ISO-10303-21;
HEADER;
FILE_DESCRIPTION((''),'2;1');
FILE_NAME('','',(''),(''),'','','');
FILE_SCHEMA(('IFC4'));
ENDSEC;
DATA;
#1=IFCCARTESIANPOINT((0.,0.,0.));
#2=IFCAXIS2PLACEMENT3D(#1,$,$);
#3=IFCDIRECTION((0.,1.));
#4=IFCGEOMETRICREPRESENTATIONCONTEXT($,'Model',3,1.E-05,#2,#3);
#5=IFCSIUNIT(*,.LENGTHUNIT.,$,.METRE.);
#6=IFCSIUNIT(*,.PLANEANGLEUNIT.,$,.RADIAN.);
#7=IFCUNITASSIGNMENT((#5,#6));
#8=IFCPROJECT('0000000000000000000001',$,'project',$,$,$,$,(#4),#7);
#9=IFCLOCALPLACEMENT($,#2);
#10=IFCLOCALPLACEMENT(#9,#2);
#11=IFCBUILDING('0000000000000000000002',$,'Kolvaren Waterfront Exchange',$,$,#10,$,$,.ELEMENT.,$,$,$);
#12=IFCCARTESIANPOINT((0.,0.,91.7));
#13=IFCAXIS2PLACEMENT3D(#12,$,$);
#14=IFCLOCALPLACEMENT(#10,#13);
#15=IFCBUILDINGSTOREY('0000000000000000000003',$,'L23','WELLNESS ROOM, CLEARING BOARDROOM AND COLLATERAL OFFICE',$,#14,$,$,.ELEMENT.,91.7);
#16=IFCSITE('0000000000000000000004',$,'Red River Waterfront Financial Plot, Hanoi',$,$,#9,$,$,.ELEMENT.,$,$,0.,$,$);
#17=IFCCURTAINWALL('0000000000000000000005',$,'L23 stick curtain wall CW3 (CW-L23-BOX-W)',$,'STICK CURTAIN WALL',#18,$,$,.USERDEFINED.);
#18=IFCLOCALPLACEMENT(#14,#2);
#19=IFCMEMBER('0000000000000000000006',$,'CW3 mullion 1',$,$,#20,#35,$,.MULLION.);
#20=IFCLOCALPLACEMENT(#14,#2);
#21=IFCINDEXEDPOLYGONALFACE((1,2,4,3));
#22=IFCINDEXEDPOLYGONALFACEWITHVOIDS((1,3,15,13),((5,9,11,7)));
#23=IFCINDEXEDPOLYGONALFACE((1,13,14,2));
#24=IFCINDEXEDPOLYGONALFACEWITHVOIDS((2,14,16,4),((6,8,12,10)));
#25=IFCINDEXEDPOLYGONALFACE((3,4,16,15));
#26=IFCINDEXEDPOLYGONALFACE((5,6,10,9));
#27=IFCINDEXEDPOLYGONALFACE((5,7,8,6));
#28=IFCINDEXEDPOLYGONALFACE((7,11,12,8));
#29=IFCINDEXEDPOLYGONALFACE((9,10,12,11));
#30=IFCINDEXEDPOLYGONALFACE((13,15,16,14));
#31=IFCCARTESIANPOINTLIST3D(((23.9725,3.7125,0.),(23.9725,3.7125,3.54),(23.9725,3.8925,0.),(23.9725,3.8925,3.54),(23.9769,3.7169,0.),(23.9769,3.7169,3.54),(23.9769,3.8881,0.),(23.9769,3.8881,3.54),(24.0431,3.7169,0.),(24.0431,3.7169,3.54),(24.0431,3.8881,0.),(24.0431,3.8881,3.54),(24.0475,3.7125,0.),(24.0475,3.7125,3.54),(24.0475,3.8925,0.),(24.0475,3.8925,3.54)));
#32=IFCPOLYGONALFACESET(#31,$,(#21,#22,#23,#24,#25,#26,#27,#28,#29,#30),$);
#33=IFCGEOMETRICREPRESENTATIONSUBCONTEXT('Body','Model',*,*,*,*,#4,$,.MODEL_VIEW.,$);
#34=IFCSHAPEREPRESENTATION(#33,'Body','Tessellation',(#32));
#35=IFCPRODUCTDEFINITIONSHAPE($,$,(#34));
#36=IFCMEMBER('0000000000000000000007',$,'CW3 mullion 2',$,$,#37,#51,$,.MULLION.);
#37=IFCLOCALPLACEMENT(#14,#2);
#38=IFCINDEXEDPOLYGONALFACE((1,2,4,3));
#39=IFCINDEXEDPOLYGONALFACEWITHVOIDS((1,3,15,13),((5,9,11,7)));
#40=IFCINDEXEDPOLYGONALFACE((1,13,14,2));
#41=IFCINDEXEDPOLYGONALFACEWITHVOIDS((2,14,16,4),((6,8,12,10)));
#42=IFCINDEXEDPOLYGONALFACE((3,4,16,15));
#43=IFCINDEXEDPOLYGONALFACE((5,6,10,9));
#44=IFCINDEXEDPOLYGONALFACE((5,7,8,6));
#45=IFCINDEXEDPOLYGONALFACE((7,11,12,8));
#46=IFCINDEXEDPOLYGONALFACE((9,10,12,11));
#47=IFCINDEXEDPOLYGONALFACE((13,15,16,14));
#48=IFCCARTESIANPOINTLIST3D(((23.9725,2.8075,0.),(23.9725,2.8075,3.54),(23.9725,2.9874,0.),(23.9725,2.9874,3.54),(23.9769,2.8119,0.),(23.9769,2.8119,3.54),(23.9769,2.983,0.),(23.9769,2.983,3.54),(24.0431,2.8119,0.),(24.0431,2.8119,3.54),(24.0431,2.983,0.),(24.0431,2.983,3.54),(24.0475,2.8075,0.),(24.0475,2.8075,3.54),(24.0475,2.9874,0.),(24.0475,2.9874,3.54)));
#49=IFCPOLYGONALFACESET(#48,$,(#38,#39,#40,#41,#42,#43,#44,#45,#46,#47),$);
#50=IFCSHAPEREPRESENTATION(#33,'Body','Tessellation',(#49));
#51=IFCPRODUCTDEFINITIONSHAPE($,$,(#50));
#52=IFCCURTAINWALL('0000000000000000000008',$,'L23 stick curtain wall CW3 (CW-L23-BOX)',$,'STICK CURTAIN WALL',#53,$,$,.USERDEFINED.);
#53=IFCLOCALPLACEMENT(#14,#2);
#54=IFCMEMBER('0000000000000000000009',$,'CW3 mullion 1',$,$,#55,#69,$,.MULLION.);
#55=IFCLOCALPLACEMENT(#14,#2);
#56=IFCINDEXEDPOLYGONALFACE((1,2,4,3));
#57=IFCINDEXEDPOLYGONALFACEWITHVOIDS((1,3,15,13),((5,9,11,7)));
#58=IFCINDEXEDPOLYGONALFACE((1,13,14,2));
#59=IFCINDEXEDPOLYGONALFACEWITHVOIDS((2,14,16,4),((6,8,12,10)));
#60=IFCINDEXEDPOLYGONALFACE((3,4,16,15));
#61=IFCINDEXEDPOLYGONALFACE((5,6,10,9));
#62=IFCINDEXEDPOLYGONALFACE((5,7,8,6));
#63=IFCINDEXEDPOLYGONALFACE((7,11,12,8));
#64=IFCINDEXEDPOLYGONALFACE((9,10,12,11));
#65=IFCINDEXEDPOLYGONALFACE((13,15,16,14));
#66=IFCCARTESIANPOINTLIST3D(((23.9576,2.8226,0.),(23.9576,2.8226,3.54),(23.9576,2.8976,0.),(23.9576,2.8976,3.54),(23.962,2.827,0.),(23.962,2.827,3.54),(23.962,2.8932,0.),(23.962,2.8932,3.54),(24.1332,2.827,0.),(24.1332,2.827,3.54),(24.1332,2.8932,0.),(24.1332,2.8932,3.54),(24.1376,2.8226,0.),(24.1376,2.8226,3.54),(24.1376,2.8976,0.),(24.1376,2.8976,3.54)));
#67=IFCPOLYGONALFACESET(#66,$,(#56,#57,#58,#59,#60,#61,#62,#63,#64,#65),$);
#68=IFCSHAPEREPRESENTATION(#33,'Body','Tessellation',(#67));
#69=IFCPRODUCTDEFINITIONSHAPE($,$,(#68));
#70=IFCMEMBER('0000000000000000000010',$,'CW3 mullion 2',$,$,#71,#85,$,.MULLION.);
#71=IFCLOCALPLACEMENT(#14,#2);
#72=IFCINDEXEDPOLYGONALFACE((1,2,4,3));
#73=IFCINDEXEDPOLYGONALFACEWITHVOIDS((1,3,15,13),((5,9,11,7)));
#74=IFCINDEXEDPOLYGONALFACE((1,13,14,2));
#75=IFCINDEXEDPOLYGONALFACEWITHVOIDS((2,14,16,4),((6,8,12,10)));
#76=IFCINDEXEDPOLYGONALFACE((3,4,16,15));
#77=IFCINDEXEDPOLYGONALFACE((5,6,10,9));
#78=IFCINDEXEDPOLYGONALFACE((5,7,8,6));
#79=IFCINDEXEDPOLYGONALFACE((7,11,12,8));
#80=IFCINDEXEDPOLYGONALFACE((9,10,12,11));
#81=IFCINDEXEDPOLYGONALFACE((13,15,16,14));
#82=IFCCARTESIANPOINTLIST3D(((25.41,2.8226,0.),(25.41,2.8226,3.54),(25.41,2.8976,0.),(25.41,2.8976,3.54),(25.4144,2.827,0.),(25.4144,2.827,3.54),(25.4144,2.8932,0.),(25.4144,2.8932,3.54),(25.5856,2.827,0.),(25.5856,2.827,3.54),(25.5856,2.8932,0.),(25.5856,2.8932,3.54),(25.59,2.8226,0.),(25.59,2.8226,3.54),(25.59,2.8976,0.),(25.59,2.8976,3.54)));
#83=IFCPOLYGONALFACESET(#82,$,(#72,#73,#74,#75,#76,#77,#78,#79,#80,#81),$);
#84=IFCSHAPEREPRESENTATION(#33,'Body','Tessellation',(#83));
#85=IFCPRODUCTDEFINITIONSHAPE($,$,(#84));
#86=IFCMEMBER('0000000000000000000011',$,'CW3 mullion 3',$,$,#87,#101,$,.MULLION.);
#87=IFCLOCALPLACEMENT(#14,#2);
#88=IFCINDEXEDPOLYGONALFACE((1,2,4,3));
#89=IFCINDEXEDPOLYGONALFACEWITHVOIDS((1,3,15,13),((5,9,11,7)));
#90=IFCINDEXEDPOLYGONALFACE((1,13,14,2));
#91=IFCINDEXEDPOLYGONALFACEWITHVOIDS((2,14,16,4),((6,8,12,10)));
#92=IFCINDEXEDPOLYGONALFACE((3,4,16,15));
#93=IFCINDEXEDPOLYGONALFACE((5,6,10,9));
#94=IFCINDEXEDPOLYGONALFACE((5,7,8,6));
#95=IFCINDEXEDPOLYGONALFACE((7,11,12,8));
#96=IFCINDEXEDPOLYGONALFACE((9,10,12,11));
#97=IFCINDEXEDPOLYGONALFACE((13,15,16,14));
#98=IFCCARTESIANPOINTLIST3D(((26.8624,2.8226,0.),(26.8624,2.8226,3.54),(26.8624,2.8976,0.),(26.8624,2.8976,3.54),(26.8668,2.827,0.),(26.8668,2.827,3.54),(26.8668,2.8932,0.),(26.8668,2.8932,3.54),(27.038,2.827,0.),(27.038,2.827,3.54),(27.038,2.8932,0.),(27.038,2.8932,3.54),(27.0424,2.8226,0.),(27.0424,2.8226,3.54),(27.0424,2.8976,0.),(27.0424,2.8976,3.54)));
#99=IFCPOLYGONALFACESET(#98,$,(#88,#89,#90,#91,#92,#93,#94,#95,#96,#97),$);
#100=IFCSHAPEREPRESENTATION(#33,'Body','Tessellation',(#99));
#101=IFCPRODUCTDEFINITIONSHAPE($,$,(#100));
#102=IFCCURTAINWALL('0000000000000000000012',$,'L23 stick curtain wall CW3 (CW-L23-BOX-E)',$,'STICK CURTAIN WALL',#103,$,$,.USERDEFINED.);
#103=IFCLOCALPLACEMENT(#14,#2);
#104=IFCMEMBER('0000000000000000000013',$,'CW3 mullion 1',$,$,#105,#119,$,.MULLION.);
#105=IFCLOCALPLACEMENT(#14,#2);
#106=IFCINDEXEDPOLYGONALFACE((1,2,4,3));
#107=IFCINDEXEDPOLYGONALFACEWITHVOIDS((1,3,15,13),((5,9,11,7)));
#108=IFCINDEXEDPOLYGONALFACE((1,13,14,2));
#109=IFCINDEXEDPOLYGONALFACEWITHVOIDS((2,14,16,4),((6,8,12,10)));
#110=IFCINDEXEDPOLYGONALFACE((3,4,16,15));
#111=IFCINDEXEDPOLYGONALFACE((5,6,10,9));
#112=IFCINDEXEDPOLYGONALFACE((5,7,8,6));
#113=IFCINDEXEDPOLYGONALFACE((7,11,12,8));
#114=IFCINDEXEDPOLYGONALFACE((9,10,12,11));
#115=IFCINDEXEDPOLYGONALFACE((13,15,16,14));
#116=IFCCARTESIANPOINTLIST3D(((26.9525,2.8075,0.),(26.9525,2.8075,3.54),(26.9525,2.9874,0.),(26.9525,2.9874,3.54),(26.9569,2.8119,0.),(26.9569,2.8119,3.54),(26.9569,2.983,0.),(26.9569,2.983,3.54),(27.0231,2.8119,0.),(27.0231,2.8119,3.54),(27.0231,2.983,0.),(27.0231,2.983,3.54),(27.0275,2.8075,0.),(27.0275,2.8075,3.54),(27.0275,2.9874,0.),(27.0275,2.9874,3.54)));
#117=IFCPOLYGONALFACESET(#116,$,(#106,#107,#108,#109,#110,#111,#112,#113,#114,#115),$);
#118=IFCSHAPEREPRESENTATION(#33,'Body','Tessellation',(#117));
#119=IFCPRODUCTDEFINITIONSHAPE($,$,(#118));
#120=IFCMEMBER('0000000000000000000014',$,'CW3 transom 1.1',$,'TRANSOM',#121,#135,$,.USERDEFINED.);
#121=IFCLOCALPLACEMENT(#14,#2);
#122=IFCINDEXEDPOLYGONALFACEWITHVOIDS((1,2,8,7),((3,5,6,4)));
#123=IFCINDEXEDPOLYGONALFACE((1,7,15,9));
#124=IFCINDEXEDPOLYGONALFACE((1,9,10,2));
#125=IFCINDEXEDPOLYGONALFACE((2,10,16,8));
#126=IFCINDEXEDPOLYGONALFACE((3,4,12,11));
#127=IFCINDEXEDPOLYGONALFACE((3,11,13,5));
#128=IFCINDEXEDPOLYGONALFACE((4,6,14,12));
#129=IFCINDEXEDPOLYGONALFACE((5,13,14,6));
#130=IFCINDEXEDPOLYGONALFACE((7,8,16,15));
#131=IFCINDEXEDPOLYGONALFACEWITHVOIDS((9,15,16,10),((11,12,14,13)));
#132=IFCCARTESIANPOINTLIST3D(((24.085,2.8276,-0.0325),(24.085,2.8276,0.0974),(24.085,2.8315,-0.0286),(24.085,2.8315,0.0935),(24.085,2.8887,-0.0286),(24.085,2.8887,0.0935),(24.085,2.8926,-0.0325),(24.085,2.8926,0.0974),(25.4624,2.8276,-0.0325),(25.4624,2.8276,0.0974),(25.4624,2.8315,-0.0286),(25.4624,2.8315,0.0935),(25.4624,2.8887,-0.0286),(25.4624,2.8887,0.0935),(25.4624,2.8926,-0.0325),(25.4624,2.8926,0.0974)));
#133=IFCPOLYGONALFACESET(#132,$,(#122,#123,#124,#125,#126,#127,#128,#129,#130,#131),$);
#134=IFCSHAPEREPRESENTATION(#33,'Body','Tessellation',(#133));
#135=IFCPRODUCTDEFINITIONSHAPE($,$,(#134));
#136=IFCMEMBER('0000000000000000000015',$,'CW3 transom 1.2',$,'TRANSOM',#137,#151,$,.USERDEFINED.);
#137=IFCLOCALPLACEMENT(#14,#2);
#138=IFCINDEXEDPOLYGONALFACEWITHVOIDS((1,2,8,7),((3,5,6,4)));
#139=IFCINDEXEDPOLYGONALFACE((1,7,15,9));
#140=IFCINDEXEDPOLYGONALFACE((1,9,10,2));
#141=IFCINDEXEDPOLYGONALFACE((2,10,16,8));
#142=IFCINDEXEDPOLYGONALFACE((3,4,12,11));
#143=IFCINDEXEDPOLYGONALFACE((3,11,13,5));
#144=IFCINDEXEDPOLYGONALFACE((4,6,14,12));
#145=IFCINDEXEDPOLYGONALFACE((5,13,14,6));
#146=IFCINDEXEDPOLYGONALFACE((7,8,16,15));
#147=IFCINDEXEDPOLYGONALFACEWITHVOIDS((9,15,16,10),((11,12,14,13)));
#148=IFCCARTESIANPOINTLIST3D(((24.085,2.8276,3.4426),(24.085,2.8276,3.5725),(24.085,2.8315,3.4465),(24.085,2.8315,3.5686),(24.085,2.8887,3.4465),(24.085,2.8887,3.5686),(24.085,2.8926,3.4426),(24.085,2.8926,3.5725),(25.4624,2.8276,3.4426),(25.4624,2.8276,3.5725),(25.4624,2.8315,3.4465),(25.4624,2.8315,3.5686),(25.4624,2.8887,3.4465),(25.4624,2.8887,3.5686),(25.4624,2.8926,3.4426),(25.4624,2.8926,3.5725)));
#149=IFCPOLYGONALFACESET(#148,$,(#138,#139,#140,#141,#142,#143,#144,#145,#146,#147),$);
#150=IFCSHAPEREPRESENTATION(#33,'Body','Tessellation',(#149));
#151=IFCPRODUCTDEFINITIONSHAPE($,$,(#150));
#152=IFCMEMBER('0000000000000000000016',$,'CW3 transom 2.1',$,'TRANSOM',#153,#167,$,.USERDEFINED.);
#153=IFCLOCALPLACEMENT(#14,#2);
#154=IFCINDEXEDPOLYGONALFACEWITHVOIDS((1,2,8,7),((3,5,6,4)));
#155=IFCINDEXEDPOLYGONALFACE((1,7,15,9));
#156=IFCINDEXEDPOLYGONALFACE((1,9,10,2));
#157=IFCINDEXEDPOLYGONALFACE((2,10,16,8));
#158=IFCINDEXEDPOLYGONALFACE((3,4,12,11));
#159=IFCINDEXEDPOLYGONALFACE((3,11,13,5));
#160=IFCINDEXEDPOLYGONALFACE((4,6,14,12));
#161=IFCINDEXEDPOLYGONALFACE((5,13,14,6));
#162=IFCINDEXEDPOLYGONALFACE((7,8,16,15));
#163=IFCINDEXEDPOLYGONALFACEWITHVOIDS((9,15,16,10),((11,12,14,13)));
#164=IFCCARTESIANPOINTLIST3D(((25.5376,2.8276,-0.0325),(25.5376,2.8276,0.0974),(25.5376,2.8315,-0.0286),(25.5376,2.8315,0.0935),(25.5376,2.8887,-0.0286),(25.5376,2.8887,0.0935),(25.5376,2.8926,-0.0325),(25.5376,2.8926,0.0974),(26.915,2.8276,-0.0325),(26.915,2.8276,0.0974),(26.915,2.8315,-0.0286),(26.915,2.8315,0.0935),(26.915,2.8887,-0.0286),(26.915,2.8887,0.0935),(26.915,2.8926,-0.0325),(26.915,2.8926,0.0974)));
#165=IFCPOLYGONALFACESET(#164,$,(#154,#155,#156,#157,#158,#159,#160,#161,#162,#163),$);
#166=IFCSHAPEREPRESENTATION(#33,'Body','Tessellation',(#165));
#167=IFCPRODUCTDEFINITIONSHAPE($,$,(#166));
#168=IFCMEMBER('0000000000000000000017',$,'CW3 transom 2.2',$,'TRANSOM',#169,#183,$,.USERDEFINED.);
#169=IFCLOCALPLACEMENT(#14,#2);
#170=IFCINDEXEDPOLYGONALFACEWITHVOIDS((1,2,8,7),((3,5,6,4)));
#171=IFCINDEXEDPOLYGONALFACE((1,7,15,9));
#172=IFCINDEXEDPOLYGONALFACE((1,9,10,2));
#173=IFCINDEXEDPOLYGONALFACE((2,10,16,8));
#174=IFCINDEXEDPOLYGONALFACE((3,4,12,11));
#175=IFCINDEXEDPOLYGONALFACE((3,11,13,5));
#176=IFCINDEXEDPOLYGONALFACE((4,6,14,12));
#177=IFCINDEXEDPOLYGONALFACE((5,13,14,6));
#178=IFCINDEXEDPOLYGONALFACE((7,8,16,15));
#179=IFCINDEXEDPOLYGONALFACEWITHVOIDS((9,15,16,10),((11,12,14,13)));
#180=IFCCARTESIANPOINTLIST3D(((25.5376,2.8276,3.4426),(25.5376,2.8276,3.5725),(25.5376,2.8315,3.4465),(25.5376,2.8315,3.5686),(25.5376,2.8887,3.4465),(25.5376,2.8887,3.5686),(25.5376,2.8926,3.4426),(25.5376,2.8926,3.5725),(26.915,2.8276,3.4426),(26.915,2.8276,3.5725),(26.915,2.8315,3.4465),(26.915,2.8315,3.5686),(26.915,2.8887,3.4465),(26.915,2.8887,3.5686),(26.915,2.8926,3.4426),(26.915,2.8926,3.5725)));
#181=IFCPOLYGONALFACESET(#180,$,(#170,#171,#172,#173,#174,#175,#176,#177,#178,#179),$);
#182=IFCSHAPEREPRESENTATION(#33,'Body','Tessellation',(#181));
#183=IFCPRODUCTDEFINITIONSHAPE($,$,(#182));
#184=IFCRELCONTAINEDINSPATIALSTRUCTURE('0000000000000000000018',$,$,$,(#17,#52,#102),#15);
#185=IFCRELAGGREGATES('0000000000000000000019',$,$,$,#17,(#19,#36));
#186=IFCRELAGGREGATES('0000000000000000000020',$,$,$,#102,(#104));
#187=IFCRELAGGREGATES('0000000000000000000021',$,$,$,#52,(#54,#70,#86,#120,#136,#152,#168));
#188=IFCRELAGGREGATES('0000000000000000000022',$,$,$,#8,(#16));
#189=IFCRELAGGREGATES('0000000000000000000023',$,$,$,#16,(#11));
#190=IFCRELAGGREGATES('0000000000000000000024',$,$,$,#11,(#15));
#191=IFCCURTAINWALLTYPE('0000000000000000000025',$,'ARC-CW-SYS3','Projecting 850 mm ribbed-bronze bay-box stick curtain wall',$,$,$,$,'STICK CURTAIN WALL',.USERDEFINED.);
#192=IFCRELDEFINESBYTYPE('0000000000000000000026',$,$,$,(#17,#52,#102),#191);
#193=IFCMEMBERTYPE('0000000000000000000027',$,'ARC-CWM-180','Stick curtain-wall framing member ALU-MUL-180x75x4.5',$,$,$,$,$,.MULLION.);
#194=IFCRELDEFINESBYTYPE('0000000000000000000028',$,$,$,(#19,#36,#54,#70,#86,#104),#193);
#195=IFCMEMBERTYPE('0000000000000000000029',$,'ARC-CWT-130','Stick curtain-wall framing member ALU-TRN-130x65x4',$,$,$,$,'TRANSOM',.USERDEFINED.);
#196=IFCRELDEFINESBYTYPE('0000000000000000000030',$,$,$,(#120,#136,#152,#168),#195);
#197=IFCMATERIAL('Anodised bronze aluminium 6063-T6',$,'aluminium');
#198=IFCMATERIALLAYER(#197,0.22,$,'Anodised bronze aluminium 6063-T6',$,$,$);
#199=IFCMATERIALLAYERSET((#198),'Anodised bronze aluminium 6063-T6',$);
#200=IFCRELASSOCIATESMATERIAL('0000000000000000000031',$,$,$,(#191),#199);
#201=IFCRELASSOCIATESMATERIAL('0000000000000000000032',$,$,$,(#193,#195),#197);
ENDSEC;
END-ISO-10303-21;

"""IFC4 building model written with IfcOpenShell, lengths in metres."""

from ifc_helpers import new_model, si_unit, direction, frame, origin, origin_with_axes, origin_2d, place, context, subcontext, project, spatial, hollow_rectangle, extrude, source, transform, mapped, material, layer, layer_set, material_profile, profile_set, type_object, element, aggregate, save


model = new_model("IFC4")

# Units and contexts
model_context = context("Model", 3, precision=1e-05, world=origin(), true_north=direction((0.0, 1.0)))
body_context = subcontext(model_context, "Body", "Model", "MODEL_VIEW")
ifc_project = project(units=[si_unit("LENGTHUNIT", "METRE"), si_unit("PLANEANGLEUNIT", "RADIAN")], contexts=[model_context])

# Site, building, storey
site_placement = place(None, origin())
site = spatial("IfcSite", under=ifc_project, at=site_placement, Name="Red River Waterfront Financial Plot, Hanoi", CompositionType="ELEMENT", RefElevation=0.0)
building_placement = place(site_placement, origin())
building = spatial("IfcBuilding", under=site, at=building_placement, Name="Kolvaren Waterfront Exchange", CompositionType="ELEMENT")
storey_placement = place(building_placement, frame((0.0, 0.0, 91.7)))
storey = spatial("IfcBuildingStorey", under=building, at=storey_placement, Name="L23", Description="WELLNESS ROOM, CLEARING BOARDROOM AND COLLATERAL OFFICE", CompositionType="ELEMENT", Elevation=91.7)

# Curtain walls, members
ifc_material_1 = material(Name="Anodised bronze aluminium 6063-T6", Category="aluminium")
ifc_layer_1 = layer(ifc_material_1, 0.22, Name="Anodised bronze aluminium 6063-T6")
ifc_layer_set_1 = layer_set([ifc_layer_1], Name="Anodised bronze aluminium 6063-T6")
curtain_wall_type = type_object("IfcCurtainWallType", Name="ARC-CW-SYS3", Description="Projecting 850 mm ribbed-bronze bay-box stick curtain wall", ElementType="STICK CURTAIN WALL", PredefinedType="USERDEFINED", material=ifc_layer_set_1)
curtain_wall_1_placement = place(storey_placement, origin())
curtain_wall_1 = element("IfcCurtainWall", 1, at=curtain_wall_1_placement, inside=storey, type_object=curtain_wall_type, Name="L23 stick curtain wall CW3 (CW-L23-BOX-W)", ObjectType="STICK CURTAIN WALL", PredefinedType="USERDEFINED")
ifc_material_profile_1 = material_profile(ifc_material_1, hollow_rectangle(XDim=0.075, YDim=0.1799, WallThickness=0.0044, at=origin_2d()), Name="ALU-MUL-180x75x4.5")
ifc_profile_set_1 = profile_set([ifc_material_profile_1], Name="Anodised bronze aluminium 6063-T6")
member_type_1 = type_object("IfcMemberType", Name="ARC-CWM-180", Description="Stick curtain-wall framing member ALU-MUL-180x75x4.5", PredefinedType="MULLION", material=ifc_profile_set_1)
shared_shape_1 = source(origin_with_axes(), body_context, "Body", "SweptSolid", [
    extrude(hollow_rectangle(XDim=0.075, YDim=0.1799, WallThickness=0.0044, at=origin_2d()), origin(), (0.0, 0.0, 1.0), 3.54),
])
member_1_placement = place(storey_placement, frame((24.01, 3.8025, 0.0), z_axis=(0.0, 0.0, 1.0), x_axis=(1.0, 0.0, 0.0)))
member_1 = element("IfcMember", 2, at=member_1_placement, type_object=member_type_1, Name="CW3 mullion 1", PredefinedType="MULLION", context=body_context, shape_type="MappedRepresentation", body=[
    mapped(shared_shape_1, transform((0.0, 0.0, 0.0), x_axis=(1.0, 0.0, 0.0), y_axis=(0.0, 1.0, 0.0), z_axis=(0.0, 0.0, 1.0), scale=1.0)),
])
member_2_placement = place(storey_placement, frame((24.01, 2.8975, 0.0), z_axis=(0.0, 0.0, 1.0), x_axis=(1.0, 0.0, 0.0)))
member_2 = element("IfcMember", 3, at=member_2_placement, type_object=member_type_1, Name="CW3 mullion 2", PredefinedType="MULLION", context=body_context, shape_type="MappedRepresentation", body=[
    mapped(shared_shape_1, transform((0.0, 0.0, 0.0), x_axis=(1.0, 0.0, 0.0), y_axis=(0.0, 1.0, 0.0), z_axis=(0.0, 0.0, 1.0), scale=1.0)),
])
curtain_wall_2_placement = place(storey_placement, origin())
curtain_wall_2 = element("IfcCurtainWall", 4, at=curtain_wall_2_placement, inside=storey, type_object=curtain_wall_type, Name="L23 stick curtain wall CW3 (CW-L23-BOX)", ObjectType="STICK CURTAIN WALL", PredefinedType="USERDEFINED")
member_3_placement = place(storey_placement, frame((24.0476, 2.8601, 0.0), z_axis=(0.0, 0.0, 1.0), x_axis=(0.0, 1.0, 0.0)))
member_3 = element("IfcMember", 5, at=member_3_placement, type_object=member_type_1, Name="CW3 mullion 1", PredefinedType="MULLION", context=body_context, shape_type="MappedRepresentation", body=[
    mapped(shared_shape_1, transform((0.0, 0.0, 0.0), x_axis=(1.0, 0.0, 0.0), y_axis=(0.0, 1.0, 0.0), z_axis=(0.0, 0.0, 1.0), scale=1.0)),
])
member_4_placement = place(storey_placement, frame((25.5, 2.8601, 0.0), z_axis=(0.0, 0.0, 1.0), x_axis=(0.0, 1.0, 0.0)))
member_4 = element("IfcMember", 6, at=member_4_placement, type_object=member_type_1, Name="CW3 mullion 2", PredefinedType="MULLION", context=body_context, shape_type="MappedRepresentation", body=[
    mapped(shared_shape_1, transform((0.0, 0.0, 0.0), x_axis=(1.0, 0.0, 0.0), y_axis=(0.0, 1.0, 0.0), z_axis=(0.0, 0.0, 1.0), scale=1.0)),
])
member_5_placement = place(storey_placement, frame((26.9524, 2.8601, 0.0), z_axis=(0.0, 0.0, 1.0), x_axis=(0.0, 1.0, 0.0)))
member_5 = element("IfcMember", 7, at=member_5_placement, type_object=member_type_1, Name="CW3 mullion 3", PredefinedType="MULLION", context=body_context, shape_type="MappedRepresentation", body=[
    mapped(shared_shape_1, transform((0.0, 0.0, 0.0), x_axis=(1.0, 0.0, 0.0), y_axis=(0.0, 1.0, 0.0), z_axis=(0.0, 0.0, 1.0), scale=1.0)),
])

# Curtain wall, member
curtain_wall_3_placement = place(storey_placement, origin())
curtain_wall_3 = element("IfcCurtainWall", 8, at=curtain_wall_3_placement, inside=storey, type_object=curtain_wall_type, Name="L23 stick curtain wall CW3 (CW-L23-BOX-E)", ObjectType="STICK CURTAIN WALL", PredefinedType="USERDEFINED")
member_6_placement = place(storey_placement, frame((26.99, 2.8975, 0.0), z_axis=(0.0, 0.0, 1.0), x_axis=(-1.0, 0.0, 0.0)))
member_6 = element("IfcMember", 9, at=member_6_placement, type_object=member_type_1, Name="CW3 mullion 1", PredefinedType="MULLION", context=body_context, shape_type="MappedRepresentation", body=[
    mapped(shared_shape_1, transform((0.0, 0.0, 0.0), x_axis=(1.0, 0.0, 0.0), y_axis=(0.0, 1.0, 0.0), z_axis=(0.0, 0.0, 1.0), scale=1.0)),
])

# Members
ifc_material_profile_2 = material_profile(ifc_material_1, hollow_rectangle(XDim=0.0649, YDim=0.1299, WallThickness=0.0039, at=origin_2d()), Name="ALU-TRN-130x65x4")
ifc_profile_set_2 = profile_set([ifc_material_profile_2], Name="Anodised bronze aluminium 6063-T6")
member_type_2 = type_object("IfcMemberType", Name="ARC-CWT-130", Description="Stick curtain-wall framing member ALU-TRN-130x65x4", ElementType="TRANSOM", PredefinedType="USERDEFINED", material=ifc_profile_set_2)
shared_shape_2 = source(origin_with_axes(), body_context, "Body", "SweptSolid", [
    extrude(hollow_rectangle(XDim=0.0649, YDim=0.1299, WallThickness=0.0039, at=origin_2d()), origin(), (0.0, 0.0, 1.0), 1.3774),
])
member_7_placement = place(storey_placement, frame((24.085, 2.8601, 0.0325), z_axis=(1.0, 0.0, 0.0), x_axis=(0.0, 1.0, 0.0)))
member_7 = element("IfcMember", 10, at=member_7_placement, type_object=member_type_2, Name="CW3 transom 1.1", ObjectType="TRANSOM", PredefinedType="USERDEFINED", context=body_context, shape_type="MappedRepresentation", body=[
    mapped(shared_shape_2, transform((0.0, 0.0, 0.0), x_axis=(1.0, 0.0, 0.0), y_axis=(0.0, 1.0, 0.0), z_axis=(0.0, 0.0, 1.0), scale=1.0)),
])
member_8_placement = place(storey_placement, frame((24.085, 2.8601, 3.5076), z_axis=(1.0, 0.0, 0.0), x_axis=(0.0, 1.0, 0.0)))
member_8 = element("IfcMember", 11, at=member_8_placement, type_object=member_type_2, Name="CW3 transom 1.2", ObjectType="TRANSOM", PredefinedType="USERDEFINED", context=body_context, shape_type="MappedRepresentation", body=[
    mapped(shared_shape_2, transform((0.0, 0.0, 0.0), x_axis=(1.0, 0.0, 0.0), y_axis=(0.0, 1.0, 0.0), z_axis=(0.0, 0.0, 1.0), scale=1.0)),
])
member_9_placement = place(storey_placement, frame((25.5376, 2.8601, 0.0325), z_axis=(1.0, 0.0, 0.0), x_axis=(0.0, 1.0, 0.0)))
member_9 = element("IfcMember", 12, at=member_9_placement, type_object=member_type_2, Name="CW3 transom 2.1", ObjectType="TRANSOM", PredefinedType="USERDEFINED", context=body_context, shape_type="MappedRepresentation", body=[
    mapped(shared_shape_2, transform((0.0, 0.0, 0.0), x_axis=(1.0, 0.0, 0.0), y_axis=(0.0, 1.0, 0.0), z_axis=(0.0, 0.0, 1.0), scale=1.0)),
])
member_10_placement = place(storey_placement, frame((25.5376, 2.8601, 3.5076), z_axis=(1.0, 0.0, 0.0), x_axis=(0.0, 1.0, 0.0)))
member_10 = element("IfcMember", 13, at=member_10_placement, type_object=member_type_2, Name="CW3 transom 2.2", ObjectType="TRANSOM", PredefinedType="USERDEFINED", context=body_context, shape_type="MappedRepresentation", body=[
    mapped(shared_shape_2, transform((0.0, 0.0, 0.0), x_axis=(1.0, 0.0, 0.0), y_axis=(0.0, 1.0, 0.0), z_axis=(0.0, 0.0, 1.0), scale=1.0)),
])

aggregate(curtain_wall_1, [member_1, member_2])
aggregate(curtain_wall_3, [member_6])
aggregate(curtain_wall_2, [member_3, member_4, member_5, member_7, member_8, member_9, member_10])

save(model, "model.ifc")
